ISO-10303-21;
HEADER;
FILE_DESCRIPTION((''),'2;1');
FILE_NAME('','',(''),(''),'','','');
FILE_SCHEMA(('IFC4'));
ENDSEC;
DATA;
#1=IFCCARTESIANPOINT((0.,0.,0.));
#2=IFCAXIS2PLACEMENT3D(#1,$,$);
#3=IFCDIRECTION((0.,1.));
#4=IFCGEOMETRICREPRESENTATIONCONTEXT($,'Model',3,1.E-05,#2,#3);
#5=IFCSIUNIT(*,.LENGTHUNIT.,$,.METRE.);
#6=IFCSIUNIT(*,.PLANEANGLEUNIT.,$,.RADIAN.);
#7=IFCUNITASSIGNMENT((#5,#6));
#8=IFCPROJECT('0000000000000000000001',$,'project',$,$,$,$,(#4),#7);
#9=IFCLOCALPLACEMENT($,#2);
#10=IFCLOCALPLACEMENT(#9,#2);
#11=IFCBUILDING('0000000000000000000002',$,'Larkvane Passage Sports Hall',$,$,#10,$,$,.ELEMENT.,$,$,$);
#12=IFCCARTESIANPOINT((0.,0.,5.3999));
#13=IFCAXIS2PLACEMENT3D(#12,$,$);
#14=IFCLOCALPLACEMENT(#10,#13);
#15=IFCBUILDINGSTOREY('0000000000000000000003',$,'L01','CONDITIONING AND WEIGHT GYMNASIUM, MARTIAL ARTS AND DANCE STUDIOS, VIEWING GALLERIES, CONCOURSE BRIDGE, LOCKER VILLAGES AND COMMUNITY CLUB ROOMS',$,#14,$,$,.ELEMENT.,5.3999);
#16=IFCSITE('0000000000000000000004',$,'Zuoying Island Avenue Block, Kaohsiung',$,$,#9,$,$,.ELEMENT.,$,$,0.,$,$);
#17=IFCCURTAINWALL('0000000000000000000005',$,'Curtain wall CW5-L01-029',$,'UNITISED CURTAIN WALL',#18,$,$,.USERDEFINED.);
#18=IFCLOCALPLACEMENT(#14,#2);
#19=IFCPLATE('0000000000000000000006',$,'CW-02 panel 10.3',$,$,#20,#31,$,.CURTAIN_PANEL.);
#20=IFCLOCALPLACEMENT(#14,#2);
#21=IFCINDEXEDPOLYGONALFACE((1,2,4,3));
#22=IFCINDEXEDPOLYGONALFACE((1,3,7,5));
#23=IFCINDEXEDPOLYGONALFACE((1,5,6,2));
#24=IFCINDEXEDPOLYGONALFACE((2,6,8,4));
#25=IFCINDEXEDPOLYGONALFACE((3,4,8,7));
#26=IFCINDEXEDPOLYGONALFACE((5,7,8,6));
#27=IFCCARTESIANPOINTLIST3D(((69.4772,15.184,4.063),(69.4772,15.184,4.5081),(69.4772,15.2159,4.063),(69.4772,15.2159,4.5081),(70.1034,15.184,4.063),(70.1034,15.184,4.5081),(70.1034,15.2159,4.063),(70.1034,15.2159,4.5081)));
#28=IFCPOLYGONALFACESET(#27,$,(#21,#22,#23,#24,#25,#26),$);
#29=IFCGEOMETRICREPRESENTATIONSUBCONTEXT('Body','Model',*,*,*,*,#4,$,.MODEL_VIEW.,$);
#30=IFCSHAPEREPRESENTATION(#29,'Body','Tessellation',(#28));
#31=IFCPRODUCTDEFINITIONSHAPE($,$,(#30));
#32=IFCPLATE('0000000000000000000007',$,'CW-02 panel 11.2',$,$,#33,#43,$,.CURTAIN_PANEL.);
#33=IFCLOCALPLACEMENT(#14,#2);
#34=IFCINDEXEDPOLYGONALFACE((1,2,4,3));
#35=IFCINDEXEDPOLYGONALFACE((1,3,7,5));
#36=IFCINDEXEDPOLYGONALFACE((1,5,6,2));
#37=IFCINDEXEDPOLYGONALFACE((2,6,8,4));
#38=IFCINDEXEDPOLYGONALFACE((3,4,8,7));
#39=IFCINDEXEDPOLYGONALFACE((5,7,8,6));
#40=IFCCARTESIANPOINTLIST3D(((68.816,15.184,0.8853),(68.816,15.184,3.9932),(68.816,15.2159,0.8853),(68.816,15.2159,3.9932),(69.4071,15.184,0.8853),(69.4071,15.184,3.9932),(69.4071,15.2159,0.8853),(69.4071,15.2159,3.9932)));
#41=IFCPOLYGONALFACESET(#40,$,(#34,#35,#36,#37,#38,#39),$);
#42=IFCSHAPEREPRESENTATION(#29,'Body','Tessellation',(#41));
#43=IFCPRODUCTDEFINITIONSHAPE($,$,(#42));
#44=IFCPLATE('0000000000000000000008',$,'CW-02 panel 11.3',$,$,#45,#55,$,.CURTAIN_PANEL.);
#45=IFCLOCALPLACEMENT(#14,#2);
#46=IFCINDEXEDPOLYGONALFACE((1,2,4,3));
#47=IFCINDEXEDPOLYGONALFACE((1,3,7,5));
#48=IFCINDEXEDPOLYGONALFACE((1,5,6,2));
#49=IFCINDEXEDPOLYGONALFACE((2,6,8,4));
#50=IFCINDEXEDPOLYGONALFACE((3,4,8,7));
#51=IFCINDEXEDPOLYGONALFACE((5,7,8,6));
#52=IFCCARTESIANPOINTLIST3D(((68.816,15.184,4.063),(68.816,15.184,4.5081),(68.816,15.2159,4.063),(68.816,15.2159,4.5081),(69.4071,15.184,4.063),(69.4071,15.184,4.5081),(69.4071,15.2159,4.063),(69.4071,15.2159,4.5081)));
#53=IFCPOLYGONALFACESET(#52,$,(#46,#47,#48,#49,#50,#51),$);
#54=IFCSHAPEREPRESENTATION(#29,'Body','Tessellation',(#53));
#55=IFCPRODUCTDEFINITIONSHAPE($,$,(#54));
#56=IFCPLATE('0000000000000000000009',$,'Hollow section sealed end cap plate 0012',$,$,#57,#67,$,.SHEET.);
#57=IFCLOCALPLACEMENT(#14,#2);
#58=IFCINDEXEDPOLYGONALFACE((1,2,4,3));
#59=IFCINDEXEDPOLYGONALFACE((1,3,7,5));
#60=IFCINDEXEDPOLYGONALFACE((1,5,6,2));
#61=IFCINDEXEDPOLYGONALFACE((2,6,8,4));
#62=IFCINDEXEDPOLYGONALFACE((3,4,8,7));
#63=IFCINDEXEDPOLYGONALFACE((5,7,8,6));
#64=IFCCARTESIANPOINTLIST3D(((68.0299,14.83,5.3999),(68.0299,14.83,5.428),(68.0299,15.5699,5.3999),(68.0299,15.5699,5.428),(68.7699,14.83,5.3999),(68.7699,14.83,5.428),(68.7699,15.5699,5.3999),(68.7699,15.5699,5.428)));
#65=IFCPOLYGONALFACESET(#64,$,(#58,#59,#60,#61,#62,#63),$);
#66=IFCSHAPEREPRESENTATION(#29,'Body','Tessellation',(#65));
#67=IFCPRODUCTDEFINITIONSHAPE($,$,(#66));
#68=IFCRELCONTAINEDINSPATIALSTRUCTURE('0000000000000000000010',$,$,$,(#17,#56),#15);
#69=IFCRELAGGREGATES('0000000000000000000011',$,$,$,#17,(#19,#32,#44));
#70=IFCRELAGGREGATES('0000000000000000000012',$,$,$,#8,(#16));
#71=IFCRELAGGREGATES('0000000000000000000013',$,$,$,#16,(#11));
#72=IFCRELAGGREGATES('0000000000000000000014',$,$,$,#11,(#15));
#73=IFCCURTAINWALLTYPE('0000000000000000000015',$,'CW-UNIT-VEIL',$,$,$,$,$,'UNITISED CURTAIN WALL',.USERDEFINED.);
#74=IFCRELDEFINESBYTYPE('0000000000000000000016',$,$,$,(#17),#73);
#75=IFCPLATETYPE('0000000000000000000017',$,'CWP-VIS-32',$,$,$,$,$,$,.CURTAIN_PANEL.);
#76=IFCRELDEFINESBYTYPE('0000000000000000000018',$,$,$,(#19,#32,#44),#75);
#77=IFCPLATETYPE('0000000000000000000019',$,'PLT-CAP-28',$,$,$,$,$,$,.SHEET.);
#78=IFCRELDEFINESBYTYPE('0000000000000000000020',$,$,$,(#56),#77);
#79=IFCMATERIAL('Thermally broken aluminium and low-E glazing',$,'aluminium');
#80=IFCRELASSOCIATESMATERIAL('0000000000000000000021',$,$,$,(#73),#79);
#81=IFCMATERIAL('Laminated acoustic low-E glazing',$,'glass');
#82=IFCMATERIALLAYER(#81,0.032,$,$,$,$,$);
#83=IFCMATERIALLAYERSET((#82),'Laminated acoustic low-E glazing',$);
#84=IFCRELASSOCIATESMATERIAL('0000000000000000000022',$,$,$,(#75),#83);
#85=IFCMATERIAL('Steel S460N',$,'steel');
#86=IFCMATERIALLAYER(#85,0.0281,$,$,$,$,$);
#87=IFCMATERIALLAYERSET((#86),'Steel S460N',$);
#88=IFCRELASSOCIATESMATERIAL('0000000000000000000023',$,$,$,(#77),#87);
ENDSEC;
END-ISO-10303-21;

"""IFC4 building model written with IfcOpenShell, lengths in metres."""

from ifc_helpers import new_model, si_unit, direction, frame, origin, origin_2d, place, context, subcontext, project, spatial, rectangle, extrude, material, layer, layer_set, type_object, element, aggregate, save


model = new_model("IFC4")

# Units and contexts
model_context = context("Model", 3, precision=1e-05, world=origin(), true_north=direction((0.0, 1.0)))
body_context = subcontext(model_context, "Body", "Model", "MODEL_VIEW")
ifc_project = project(units=[si_unit("LENGTHUNIT", "METRE"), si_unit("PLANEANGLEUNIT", "RADIAN")], contexts=[model_context])

# Site, building, storey
site_placement = place(None, origin())
site = spatial("IfcSite", under=ifc_project, at=site_placement, Name="Zuoying Island Avenue Block, Kaohsiung", CompositionType="ELEMENT", RefElevation=0.0)
building_placement = place(site_placement, origin())
building = spatial("IfcBuilding", under=site, at=building_placement, Name="Larkvane Passage Sports Hall", CompositionType="ELEMENT")
storey_placement = place(building_placement, frame((0.0, 0.0, 5.3999)))
storey = spatial("IfcBuildingStorey", under=building, at=storey_placement, Name="L01", Description="CONDITIONING AND WEIGHT GYMNASIUM, MARTIAL ARTS AND DANCE STUDIOS, VIEWING GALLERIES, CONCOURSE BRIDGE, LOCKER VILLAGES AND COMMUNITY CLUB ROOMS", CompositionType="ELEMENT", Elevation=5.3999)

# Shared definitions
ifc_material_1 = material(Name="Steel S460N", Category="steel")

# Curtain wall
ifc_material_2 = material(Name="Thermally broken aluminium and low-E glazing", Category="aluminium")
curtain_wall_type = type_object("IfcCurtainWallType", Name="CW-UNIT-VEIL", ElementType="UNITISED CURTAIN WALL", PredefinedType="USERDEFINED", material=ifc_material_2)
curtain_wall_placement = place(storey_placement, origin())
curtain_wall = element("IfcCurtainWall", 1, at=curtain_wall_placement, inside=storey, type_object=curtain_wall_type, Name="Curtain wall CW5-L01-029", ObjectType="UNITISED CURTAIN WALL", PredefinedType="USERDEFINED")

# Plates
ifc_material_3 = material(Name="Laminated acoustic low-E glazing", Category="glass")
ifc_layer_1 = layer(ifc_material_3, 0.032)
ifc_layer_set_1 = layer_set([ifc_layer_1], Name="Laminated acoustic low-E glazing")
plate_type_1 = type_object("IfcPlateType", Name="CWP-VIS-32", PredefinedType="CURTAIN_PANEL", material=ifc_layer_set_1)
plate_1_placement = place(storey_placement, frame((69.7903, 15.2, 4.063), z_axis=(0.0, 0.0, 1.0), x_axis=(-1.0, 0.0, 0.0)))
plate_1 = element("IfcPlate", 2, at=plate_1_placement, type_object=plate_type_1, Name="CW-02 panel 10.3", PredefinedType="CURTAIN_PANEL", context=body_context, shape_type="SweptSolid", body=[
    extrude(rectangle(XDim=0.6262, YDim=0.032, at=origin_2d()), origin(), (0.0, 0.0, 1.0), 0.4451),
])
plate_2_placement = place(storey_placement, frame((69.1116, 15.2, 0.8853), z_axis=(0.0, 0.0, 1.0), x_axis=(-1.0, 0.0, 0.0)))
plate_2 = element("IfcPlate", 3, at=plate_2_placement, type_object=plate_type_1, Name="CW-02 panel 11.2", PredefinedType="CURTAIN_PANEL", context=body_context, shape_type="SweptSolid", body=[
    extrude(rectangle(XDim=0.5911, YDim=0.032, at=origin_2d()), origin(), (0.0, 0.0, 1.0), 3.1079),
])
plate_3_placement = place(storey_placement, frame((69.1116, 15.2, 4.063), z_axis=(0.0, 0.0, 1.0), x_axis=(-1.0, 0.0, 0.0)))
plate_3 = element("IfcPlate", 4, at=plate_3_placement, type_object=plate_type_1, Name="CW-02 panel 11.3", PredefinedType="CURTAIN_PANEL", context=body_context, shape_type="SweptSolid", body=[
    extrude(rectangle(XDim=0.5911, YDim=0.032, at=origin_2d()), origin(), (0.0, 0.0, 1.0), 0.4451),
])
aggregate(curtain_wall, [plate_1, plate_2, plate_3])
ifc_layer_2 = layer(ifc_material_1, 0.0281)
ifc_layer_set_2 = layer_set([ifc_layer_2], Name="Steel S460N")
plate_type_2 = type_object("IfcPlateType", Name="PLT-CAP-28", PredefinedType="SHEET", material=ifc_layer_set_2)
plate_4_placement = place(storey_placement, frame((68.3999, 15.2, 5.3999), z_axis=(0.0, 0.0, 1.0), x_axis=(1.0, 0.0, 0.0)))
element("IfcPlate", 5, at=plate_4_placement, inside=storey, type_object=plate_type_2, Name="Hollow section sealed end cap plate 0012", PredefinedType="SHEET", context=body_context, shape_type="SweptSolid", body=[
    extrude(rectangle(XDim=0.74, YDim=0.74, at=origin_2d()), origin(), (0.0, 0.0, 1.0), 0.0281),
])

save(model, "model.ifc")
